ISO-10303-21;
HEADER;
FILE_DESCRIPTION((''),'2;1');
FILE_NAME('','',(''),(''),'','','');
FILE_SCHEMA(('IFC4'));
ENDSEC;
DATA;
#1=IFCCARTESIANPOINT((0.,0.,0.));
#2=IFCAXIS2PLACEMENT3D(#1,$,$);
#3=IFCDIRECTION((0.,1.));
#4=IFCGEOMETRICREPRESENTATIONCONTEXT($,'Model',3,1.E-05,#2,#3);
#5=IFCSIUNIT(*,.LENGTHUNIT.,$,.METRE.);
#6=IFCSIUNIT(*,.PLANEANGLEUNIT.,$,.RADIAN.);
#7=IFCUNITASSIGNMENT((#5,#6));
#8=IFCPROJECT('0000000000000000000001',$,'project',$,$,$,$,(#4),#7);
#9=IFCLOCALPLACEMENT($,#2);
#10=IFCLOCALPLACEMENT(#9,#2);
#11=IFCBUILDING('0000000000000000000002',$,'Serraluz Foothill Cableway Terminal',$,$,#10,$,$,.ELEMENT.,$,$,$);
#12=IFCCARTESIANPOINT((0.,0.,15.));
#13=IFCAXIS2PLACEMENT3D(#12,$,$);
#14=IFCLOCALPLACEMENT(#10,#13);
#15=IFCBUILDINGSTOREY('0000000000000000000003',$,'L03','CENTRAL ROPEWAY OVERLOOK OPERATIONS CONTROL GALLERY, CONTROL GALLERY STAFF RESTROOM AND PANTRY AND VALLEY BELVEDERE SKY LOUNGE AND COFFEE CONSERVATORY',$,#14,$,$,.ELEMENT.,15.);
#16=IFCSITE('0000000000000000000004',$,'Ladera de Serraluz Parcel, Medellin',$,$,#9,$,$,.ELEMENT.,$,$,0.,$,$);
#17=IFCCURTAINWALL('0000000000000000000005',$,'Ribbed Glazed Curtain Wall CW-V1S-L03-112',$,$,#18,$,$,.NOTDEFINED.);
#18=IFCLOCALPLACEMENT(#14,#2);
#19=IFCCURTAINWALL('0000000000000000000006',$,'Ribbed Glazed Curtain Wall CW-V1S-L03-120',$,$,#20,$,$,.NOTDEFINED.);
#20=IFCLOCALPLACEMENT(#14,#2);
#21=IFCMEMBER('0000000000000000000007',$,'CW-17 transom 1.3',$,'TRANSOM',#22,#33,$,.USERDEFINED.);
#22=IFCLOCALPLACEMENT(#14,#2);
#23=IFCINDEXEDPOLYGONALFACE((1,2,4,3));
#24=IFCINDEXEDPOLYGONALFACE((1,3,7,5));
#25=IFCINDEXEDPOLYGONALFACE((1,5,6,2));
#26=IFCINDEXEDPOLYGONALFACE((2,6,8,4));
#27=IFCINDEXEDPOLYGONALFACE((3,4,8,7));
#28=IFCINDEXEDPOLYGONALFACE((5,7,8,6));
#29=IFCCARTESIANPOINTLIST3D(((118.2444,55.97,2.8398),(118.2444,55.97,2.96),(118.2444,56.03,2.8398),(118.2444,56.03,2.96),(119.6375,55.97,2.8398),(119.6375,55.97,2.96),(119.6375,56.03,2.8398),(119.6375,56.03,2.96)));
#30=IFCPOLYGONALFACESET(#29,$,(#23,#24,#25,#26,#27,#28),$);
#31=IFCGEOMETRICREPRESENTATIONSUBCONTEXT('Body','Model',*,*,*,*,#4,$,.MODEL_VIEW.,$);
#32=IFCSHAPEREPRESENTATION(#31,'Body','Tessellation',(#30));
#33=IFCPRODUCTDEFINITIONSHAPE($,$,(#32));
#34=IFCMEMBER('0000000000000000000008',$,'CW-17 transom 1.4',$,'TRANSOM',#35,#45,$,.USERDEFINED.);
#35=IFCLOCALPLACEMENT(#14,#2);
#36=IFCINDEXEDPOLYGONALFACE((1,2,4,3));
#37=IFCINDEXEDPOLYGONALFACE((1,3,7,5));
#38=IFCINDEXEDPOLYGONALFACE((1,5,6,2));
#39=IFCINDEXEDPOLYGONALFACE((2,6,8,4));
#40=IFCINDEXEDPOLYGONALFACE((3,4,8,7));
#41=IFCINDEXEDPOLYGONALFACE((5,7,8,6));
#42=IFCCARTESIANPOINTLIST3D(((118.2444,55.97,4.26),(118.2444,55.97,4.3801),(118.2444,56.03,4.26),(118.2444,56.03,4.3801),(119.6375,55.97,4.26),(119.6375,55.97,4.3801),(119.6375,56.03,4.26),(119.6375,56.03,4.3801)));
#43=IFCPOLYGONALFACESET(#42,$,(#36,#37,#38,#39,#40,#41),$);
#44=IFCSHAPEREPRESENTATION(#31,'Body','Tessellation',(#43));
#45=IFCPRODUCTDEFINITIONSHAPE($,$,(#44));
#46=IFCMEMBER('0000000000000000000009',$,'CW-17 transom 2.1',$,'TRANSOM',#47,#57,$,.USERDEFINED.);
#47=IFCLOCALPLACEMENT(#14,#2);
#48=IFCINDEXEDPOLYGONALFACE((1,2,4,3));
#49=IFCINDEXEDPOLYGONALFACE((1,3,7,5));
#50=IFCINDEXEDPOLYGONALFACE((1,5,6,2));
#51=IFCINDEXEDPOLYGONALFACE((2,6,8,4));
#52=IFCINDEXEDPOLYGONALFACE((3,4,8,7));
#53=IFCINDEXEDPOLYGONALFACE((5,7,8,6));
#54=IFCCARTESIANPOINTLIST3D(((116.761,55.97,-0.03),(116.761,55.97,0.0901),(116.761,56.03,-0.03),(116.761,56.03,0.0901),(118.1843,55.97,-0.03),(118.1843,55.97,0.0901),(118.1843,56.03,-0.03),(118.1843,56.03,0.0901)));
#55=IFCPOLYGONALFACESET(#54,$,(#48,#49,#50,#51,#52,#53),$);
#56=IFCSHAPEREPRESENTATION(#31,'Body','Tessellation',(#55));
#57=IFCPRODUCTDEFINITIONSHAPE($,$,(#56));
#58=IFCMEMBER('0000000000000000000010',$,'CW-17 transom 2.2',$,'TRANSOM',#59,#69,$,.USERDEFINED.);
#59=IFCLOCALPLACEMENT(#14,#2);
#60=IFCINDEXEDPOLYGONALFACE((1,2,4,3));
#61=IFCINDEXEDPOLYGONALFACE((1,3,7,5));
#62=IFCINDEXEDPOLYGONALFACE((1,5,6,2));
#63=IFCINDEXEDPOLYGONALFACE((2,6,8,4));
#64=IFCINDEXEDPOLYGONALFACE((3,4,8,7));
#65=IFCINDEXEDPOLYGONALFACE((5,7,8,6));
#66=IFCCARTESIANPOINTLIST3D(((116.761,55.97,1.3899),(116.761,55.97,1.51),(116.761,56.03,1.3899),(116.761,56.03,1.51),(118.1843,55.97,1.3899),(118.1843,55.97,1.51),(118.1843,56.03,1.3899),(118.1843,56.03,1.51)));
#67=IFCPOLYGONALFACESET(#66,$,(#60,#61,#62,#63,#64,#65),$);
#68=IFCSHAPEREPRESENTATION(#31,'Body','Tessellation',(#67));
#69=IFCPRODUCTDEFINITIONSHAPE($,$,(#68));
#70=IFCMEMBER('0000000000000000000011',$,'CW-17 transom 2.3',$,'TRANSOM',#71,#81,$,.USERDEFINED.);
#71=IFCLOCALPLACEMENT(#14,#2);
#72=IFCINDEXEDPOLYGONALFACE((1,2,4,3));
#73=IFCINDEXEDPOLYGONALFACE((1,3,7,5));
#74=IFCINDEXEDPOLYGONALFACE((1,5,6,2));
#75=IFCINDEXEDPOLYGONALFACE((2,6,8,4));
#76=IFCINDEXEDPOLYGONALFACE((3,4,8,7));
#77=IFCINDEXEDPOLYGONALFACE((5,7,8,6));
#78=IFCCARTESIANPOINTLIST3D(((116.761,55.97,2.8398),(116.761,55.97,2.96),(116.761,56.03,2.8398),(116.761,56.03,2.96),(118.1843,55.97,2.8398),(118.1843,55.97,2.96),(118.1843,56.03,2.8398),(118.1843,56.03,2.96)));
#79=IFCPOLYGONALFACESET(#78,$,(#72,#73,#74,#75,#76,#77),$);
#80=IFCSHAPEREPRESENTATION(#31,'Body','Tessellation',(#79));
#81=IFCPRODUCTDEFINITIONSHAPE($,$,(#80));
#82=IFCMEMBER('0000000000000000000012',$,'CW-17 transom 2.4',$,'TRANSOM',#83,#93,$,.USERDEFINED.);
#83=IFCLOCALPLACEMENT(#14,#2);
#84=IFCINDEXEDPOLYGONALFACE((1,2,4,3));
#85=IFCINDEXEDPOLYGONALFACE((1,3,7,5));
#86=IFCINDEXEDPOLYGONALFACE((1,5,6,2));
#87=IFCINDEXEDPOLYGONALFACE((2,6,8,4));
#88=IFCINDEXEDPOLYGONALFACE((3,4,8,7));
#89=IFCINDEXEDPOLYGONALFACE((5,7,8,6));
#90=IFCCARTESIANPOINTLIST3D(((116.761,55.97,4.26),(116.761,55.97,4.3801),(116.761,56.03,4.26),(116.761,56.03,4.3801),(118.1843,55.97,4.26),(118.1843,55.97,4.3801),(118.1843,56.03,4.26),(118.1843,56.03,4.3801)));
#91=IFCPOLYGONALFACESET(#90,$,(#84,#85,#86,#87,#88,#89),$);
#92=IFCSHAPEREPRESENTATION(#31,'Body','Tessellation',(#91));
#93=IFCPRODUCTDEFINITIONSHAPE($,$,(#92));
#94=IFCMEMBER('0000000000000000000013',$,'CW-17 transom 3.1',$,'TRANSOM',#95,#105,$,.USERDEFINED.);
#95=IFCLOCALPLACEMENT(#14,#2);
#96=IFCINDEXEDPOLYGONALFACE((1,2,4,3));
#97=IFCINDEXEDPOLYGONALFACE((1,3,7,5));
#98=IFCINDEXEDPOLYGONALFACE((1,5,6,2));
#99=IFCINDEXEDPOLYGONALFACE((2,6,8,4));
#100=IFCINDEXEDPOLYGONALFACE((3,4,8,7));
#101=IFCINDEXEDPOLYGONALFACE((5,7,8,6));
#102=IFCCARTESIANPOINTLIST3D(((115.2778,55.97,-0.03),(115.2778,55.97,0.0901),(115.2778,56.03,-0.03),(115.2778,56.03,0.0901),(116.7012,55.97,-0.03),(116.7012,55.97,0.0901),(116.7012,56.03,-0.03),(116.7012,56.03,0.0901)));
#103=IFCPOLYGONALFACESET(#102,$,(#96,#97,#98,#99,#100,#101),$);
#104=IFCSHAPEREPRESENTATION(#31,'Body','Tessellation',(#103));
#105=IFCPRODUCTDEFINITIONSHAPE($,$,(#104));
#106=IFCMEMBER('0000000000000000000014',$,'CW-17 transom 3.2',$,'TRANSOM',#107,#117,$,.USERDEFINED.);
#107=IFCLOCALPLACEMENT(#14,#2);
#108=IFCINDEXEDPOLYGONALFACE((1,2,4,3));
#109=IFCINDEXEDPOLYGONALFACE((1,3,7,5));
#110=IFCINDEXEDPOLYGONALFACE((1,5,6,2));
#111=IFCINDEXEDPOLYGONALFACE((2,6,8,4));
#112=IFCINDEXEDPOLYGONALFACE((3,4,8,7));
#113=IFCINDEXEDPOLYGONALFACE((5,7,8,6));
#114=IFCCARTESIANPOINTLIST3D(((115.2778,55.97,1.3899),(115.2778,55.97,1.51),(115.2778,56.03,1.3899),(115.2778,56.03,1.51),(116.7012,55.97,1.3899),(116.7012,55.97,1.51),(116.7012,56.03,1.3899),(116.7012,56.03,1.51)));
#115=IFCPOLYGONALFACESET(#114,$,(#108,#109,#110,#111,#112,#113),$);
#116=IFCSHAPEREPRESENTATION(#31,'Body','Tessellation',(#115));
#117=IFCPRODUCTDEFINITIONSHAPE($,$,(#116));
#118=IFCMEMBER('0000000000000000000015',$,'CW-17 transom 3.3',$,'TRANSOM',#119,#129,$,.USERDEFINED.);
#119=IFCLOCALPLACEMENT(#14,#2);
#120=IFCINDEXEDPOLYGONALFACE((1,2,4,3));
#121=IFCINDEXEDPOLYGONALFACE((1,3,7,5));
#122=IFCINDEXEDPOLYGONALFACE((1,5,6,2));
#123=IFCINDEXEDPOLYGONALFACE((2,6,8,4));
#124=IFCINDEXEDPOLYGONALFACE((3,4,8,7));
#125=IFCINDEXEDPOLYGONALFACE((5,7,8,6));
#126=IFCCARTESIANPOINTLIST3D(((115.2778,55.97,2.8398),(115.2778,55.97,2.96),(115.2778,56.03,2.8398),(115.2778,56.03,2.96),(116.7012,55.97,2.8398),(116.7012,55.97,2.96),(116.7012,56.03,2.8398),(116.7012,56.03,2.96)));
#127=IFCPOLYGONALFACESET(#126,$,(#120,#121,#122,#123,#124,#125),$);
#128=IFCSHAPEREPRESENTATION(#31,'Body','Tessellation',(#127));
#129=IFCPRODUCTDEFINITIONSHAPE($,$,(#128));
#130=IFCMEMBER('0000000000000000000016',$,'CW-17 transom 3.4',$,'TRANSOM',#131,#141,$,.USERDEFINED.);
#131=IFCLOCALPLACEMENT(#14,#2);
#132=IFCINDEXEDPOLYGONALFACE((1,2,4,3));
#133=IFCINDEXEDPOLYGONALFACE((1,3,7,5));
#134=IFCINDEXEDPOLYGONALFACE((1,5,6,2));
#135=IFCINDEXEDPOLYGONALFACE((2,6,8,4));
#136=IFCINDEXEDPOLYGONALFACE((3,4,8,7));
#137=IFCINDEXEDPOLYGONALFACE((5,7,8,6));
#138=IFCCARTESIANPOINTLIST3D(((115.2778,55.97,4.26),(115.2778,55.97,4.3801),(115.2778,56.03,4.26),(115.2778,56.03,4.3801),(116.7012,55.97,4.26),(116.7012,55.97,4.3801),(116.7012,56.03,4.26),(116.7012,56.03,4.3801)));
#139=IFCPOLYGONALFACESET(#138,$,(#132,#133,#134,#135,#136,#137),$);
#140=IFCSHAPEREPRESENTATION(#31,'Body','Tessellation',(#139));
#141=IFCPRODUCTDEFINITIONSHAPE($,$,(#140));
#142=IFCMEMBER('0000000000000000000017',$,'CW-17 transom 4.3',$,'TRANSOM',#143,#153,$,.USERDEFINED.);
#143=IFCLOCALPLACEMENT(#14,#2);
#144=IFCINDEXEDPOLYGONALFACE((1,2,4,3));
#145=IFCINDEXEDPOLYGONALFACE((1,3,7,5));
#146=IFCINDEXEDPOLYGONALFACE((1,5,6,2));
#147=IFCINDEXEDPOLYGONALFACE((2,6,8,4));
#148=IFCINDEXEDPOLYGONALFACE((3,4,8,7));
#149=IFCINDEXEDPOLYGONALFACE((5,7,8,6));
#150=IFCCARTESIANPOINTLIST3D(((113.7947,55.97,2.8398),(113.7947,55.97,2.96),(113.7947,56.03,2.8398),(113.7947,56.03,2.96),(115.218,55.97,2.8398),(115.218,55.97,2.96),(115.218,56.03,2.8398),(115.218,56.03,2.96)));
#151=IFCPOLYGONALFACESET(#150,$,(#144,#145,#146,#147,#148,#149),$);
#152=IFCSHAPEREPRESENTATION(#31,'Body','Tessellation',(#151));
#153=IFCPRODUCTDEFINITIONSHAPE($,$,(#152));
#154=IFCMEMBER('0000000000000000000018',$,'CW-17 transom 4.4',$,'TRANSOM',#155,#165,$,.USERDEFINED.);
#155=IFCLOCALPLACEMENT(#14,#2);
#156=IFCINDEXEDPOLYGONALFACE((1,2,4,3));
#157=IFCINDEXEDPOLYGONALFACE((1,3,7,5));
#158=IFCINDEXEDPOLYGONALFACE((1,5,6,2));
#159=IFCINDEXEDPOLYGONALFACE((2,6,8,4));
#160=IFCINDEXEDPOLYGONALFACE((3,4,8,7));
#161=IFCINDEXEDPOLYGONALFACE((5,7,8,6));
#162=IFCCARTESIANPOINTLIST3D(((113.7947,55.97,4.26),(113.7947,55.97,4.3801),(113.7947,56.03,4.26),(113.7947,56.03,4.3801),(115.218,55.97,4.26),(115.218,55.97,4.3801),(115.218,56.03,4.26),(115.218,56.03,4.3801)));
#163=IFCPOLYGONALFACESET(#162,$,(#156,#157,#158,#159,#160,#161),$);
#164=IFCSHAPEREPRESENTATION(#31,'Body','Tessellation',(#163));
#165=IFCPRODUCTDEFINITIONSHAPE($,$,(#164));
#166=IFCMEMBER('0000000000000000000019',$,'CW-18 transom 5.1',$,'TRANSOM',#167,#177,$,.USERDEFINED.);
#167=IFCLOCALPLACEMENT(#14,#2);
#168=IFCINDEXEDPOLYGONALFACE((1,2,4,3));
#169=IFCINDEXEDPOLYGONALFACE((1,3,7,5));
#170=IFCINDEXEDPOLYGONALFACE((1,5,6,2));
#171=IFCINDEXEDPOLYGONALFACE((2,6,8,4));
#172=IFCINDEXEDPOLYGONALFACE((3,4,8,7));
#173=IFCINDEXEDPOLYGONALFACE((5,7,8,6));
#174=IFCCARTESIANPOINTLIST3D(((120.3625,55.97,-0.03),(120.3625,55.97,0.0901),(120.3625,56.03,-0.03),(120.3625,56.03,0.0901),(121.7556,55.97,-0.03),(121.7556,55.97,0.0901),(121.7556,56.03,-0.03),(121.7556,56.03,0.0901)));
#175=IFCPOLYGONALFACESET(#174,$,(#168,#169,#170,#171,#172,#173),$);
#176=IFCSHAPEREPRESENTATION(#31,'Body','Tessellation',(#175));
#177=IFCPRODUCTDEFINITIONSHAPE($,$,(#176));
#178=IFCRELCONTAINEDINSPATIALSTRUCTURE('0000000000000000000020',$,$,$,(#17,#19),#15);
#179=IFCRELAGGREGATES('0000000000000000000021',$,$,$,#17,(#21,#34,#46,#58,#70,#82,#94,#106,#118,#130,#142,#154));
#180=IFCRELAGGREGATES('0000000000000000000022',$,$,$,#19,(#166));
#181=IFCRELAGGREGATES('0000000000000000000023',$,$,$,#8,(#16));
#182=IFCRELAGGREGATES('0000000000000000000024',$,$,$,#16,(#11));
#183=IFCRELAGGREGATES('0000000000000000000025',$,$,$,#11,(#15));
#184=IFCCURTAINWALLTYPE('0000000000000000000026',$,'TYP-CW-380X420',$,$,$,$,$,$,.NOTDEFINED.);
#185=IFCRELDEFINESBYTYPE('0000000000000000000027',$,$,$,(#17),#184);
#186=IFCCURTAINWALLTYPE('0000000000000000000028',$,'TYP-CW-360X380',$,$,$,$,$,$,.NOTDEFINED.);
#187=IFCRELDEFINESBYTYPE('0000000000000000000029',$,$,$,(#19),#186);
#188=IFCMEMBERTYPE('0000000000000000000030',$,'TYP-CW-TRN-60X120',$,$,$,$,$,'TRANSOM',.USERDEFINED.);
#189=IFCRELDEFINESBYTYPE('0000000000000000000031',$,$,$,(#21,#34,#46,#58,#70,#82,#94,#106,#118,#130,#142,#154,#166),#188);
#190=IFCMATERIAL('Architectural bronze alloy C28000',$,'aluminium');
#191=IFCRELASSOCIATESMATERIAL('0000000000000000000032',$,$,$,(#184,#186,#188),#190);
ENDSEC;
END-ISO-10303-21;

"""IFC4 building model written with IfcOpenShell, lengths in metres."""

from ifc_helpers import new_model, si_unit, direction, frame, origin, origin_2d, place, context, subcontext, project, spatial, rectangle, extrude, material, material_profile, profile_set, type_object, element, aggregate, save


model = new_model("IFC4")

# Units and contexts
model_context = context("Model", 3, precision=1e-05, world=origin(), true_north=direction((0.0, 1.0)))
body_context = subcontext(model_context, "Body", "Model", "MODEL_VIEW")
ifc_project = project(units=[si_unit("LENGTHUNIT", "METRE"), si_unit("PLANEANGLEUNIT", "RADIAN")], contexts=[model_context])

# Site, building, storey
site_placement = place(None, origin())
site = spatial("IfcSite", under=ifc_project, at=site_placement, Name="Ladera de Serraluz Parcel, Medellin", CompositionType="ELEMENT", RefElevation=0.0)
building_placement = place(site_placement, origin())
building = spatial("IfcBuilding", under=site, at=building_placement, Name="Serraluz Foothill Cableway Terminal", CompositionType="ELEMENT")
storey_placement = place(building_placement, frame((0.0, 0.0, 15.0)))
storey = spatial("IfcBuildingStorey", under=building, at=storey_placement, Name="L03", Description="CENTRAL ROPEWAY OVERLOOK OPERATIONS CONTROL GALLERY, CONTROL GALLERY STAFF RESTROOM AND PANTRY AND VALLEY BELVEDERE SKY LOUNGE AND COFFEE CONSERVATORY", CompositionType="ELEMENT", Elevation=15.0)

# Curtain wall
ifc_material_1 = material(Name="Architectural bronze alloy C28000", Category="aluminium")
curtain_wall_type_1 = type_object("IfcCurtainWallType", Name="TYP-CW-380X420", PredefinedType="NOTDEFINED", material=ifc_material_1)
curtain_wall_1_placement = place(storey_placement, origin())
curtain_wall_1 = element("IfcCurtainWall", 1, at=curtain_wall_1_placement, inside=storey, type_object=curtain_wall_type_1, Name="Ribbed Glazed Curtain Wall CW-V1S-L03-112", PredefinedType="NOTDEFINED")

# Curtain wall
curtain_wall_type_2 = type_object("IfcCurtainWallType", Name="TYP-CW-360X380", PredefinedType="NOTDEFINED", material=ifc_material_1)
curtain_wall_2_placement = place(storey_placement, origin())
curtain_wall_2 = element("IfcCurtainWall", 2, at=curtain_wall_2_placement, inside=storey, type_object=curtain_wall_type_2, Name="Ribbed Glazed Curtain Wall CW-V1S-L03-120", PredefinedType="NOTDEFINED")

# Members
ifc_material_profile_1 = material_profile(ifc_material_1, rectangle(XDim=0.0601, YDim=0.1201, at=origin_2d()), Name="ALU TRANSOM 60x120")
ifc_profile_set_1 = profile_set([ifc_material_profile_1], Name="Architectural bronze alloy C28000")
member_type_1 = type_object("IfcMemberType", Name="TYP-CW-TRN-60X120", ElementType="TRANSOM", PredefinedType="USERDEFINED", material=ifc_profile_set_1)
member_1_placement = place(storey_placement, frame((119.6375, 56.0, 2.8999), z_axis=(-1.0, 0.0, 0.0), x_axis=(0.0, -1.0, 0.0)))
member_1 = element("IfcMember", 3, at=member_1_placement, type_object=member_type_1, Name="CW-17 transom 1.3", ObjectType="TRANSOM", PredefinedType="USERDEFINED", context=body_context, shape_type="SweptSolid", body=[
    extrude(rectangle(XDim=0.0601, YDim=0.1201, at=origin_2d()), origin(), (0.0, 0.0, 1.0), 1.3931),
])
member_2_placement = place(storey_placement, frame((119.6375, 56.0, 4.3201), z_axis=(-1.0, 0.0, 0.0), x_axis=(0.0, -1.0, 0.0)))
member_2 = element("IfcMember", 4, at=member_2_placement, type_object=member_type_1, Name="CW-17 transom 1.4", ObjectType="TRANSOM", PredefinedType="USERDEFINED", context=body_context, shape_type="SweptSolid", body=[
    extrude(rectangle(XDim=0.0601, YDim=0.1201, at=origin_2d()), origin(), (0.0, 0.0, 1.0), 1.3931),
])
member_3_placement = place(storey_placement, frame((118.1843, 56.0, 0.03), z_axis=(-1.0, 0.0, 0.0), x_axis=(0.0, -1.0, 0.0)))
member_3 = element("IfcMember", 5, at=member_3_placement, type_object=member_type_1, Name="CW-17 transom 2.1", ObjectType="TRANSOM", PredefinedType="USERDEFINED", context=body_context, shape_type="SweptSolid", body=[
    extrude(rectangle(XDim=0.0601, YDim=0.1201, at=origin_2d()), origin(), (0.0, 0.0, 1.0), 1.4233),
])
member_4_placement = place(storey_placement, frame((118.1843, 56.0, 1.45), z_axis=(-1.0, 0.0, 0.0), x_axis=(0.0, -1.0, 0.0)))
member_4 = element("IfcMember", 6, at=member_4_placement, type_object=member_type_1, Name="CW-17 transom 2.2", ObjectType="TRANSOM", PredefinedType="USERDEFINED", context=body_context, shape_type="SweptSolid", body=[
    extrude(rectangle(XDim=0.0601, YDim=0.1201, at=origin_2d()), origin(), (0.0, 0.0, 1.0), 1.4233),
])
member_5_placement = place(storey_placement, frame((118.1843, 56.0, 2.8999), z_axis=(-1.0, 0.0, 0.0), x_axis=(0.0, -1.0, 0.0)))
member_5 = element("IfcMember", 7, at=member_5_placement, type_object=member_type_1, Name="CW-17 transom 2.3", ObjectType="TRANSOM", PredefinedType="USERDEFINED", context=body_context, shape_type="SweptSolid", body=[
    extrude(rectangle(XDim=0.0601, YDim=0.1201, at=origin_2d()), origin(), (0.0, 0.0, 1.0), 1.4233),
])
member_6_placement = place(storey_placement, frame((118.1843, 56.0, 4.3201), z_axis=(-1.0, 0.0, 0.0), x_axis=(0.0, -1.0, 0.0)))
member_6 = element("IfcMember", 8, at=member_6_placement, type_object=member_type_1, Name="CW-17 transom 2.4", ObjectType="TRANSOM", PredefinedType="USERDEFINED", context=body_context, shape_type="SweptSolid", body=[
    extrude(rectangle(XDim=0.0601, YDim=0.1201, at=origin_2d()), origin(), (0.0, 0.0, 1.0), 1.4233),
])
member_7_placement = place(storey_placement, frame((116.7012, 56.0, 0.03), z_axis=(-1.0, 0.0, 0.0), x_axis=(0.0, -1.0, 0.0)))
member_7 = element("IfcMember", 9, at=member_7_placement, type_object=member_type_1, Name="CW-17 transom 3.1", ObjectType="TRANSOM", PredefinedType="USERDEFINED", context=body_context, shape_type="SweptSolid", body=[
    extrude(rectangle(XDim=0.0601, YDim=0.1201, at=origin_2d()), origin(), (0.0, 0.0, 1.0), 1.4233),
])
member_8_placement = place(storey_placement, frame((116.7012, 56.0, 1.45), z_axis=(-1.0, 0.0, 0.0), x_axis=(0.0, -1.0, 0.0)))
member_8 = element("IfcMember", 10, at=member_8_placement, type_object=member_type_1, Name="CW-17 transom 3.2", ObjectType="TRANSOM", PredefinedType="USERDEFINED", context=body_context, shape_type="SweptSolid", body=[
    extrude(rectangle(XDim=0.0601, YDim=0.1201, at=origin_2d()), origin(), (0.0, 0.0, 1.0), 1.4233),
])
member_9_placement = place(storey_placement, frame((116.7012, 56.0, 2.8999), z_axis=(-1.0, 0.0, 0.0), x_axis=(0.0, -1.0, 0.0)))
member_9 = element("IfcMember", 11, at=member_9_placement, type_object=member_type_1, Name="CW-17 transom 3.3", ObjectType="TRANSOM", PredefinedType="USERDEFINED", context=body_context, shape_type="SweptSolid", body=[
    extrude(rectangle(XDim=0.0601, YDim=0.1201, at=origin_2d()), origin(), (0.0, 0.0, 1.0), 1.4233),
])
member_10_placement = place(storey_placement, frame((116.7012, 56.0, 4.3201), z_axis=(-1.0, 0.0, 0.0), x_axis=(0.0, -1.0, 0.0)))
member_10 = element("IfcMember", 12, at=member_10_placement, type_object=member_type_1, Name="CW-17 transom 3.4", ObjectType="TRANSOM", PredefinedType="USERDEFINED", context=body_context, shape_type="SweptSolid", body=[
    extrude(rectangle(XDim=0.0601, YDim=0.1201, at=origin_2d()), origin(), (0.0, 0.0, 1.0), 1.4233),
])
member_11_placement = place(storey_placement, frame((115.218, 56.0, 2.8999), z_axis=(-1.0, 0.0, 0.0), x_axis=(0.0, -1.0, 0.0)))
member_11 = element("IfcMember", 13, at=member_11_placement, type_object=member_type_1, Name="CW-17 transom 4.3", ObjectType="TRANSOM", PredefinedType="USERDEFINED", context=body_context, shape_type="SweptSolid", body=[
    extrude(rectangle(XDim=0.0601, YDim=0.1201, at=origin_2d()), origin(), (0.0, 0.0, 1.0), 1.4233),
])
member_12_placement = place(storey_placement, frame((115.218, 56.0, 4.3201), z_axis=(-1.0, 0.0, 0.0), x_axis=(0.0, -1.0, 0.0)))
member_12 = element("IfcMember", 14, at=member_12_placement, type_object=member_type_1, Name="CW-17 transom 4.4", ObjectType="TRANSOM", PredefinedType="USERDEFINED", context=body_context, shape_type="SweptSolid", body=[
    extrude(rectangle(XDim=0.0601, YDim=0.1201, at=origin_2d()), origin(), (0.0, 0.0, 1.0), 1.4233),
])
member_13_placement = place(storey_placement, frame((121.7556, 56.0, 0.03), z_axis=(-1.0, 0.0, 0.0), x_axis=(0.0, -1.0, 0.0)))
member_13 = element("IfcMember", 15, at=member_13_placement, type_object=member_type_1, Name="CW-18 transom 5.1", ObjectType="TRANSOM", PredefinedType="USERDEFINED", context=body_context, shape_type="SweptSolid", body=[
    extrude(rectangle(XDim=0.0601, YDim=0.1201, at=origin_2d()), origin(), (0.0, 0.0, 1.0), 1.3931),
])

aggregate(curtain_wall_1, [member_1, member_2, member_3, member_4, member_5, member_6, member_7, member_8, member_9, member_10, member_11, member_12])
aggregate(curtain_wall_2, [member_13])

save(model, "model.ifc")
